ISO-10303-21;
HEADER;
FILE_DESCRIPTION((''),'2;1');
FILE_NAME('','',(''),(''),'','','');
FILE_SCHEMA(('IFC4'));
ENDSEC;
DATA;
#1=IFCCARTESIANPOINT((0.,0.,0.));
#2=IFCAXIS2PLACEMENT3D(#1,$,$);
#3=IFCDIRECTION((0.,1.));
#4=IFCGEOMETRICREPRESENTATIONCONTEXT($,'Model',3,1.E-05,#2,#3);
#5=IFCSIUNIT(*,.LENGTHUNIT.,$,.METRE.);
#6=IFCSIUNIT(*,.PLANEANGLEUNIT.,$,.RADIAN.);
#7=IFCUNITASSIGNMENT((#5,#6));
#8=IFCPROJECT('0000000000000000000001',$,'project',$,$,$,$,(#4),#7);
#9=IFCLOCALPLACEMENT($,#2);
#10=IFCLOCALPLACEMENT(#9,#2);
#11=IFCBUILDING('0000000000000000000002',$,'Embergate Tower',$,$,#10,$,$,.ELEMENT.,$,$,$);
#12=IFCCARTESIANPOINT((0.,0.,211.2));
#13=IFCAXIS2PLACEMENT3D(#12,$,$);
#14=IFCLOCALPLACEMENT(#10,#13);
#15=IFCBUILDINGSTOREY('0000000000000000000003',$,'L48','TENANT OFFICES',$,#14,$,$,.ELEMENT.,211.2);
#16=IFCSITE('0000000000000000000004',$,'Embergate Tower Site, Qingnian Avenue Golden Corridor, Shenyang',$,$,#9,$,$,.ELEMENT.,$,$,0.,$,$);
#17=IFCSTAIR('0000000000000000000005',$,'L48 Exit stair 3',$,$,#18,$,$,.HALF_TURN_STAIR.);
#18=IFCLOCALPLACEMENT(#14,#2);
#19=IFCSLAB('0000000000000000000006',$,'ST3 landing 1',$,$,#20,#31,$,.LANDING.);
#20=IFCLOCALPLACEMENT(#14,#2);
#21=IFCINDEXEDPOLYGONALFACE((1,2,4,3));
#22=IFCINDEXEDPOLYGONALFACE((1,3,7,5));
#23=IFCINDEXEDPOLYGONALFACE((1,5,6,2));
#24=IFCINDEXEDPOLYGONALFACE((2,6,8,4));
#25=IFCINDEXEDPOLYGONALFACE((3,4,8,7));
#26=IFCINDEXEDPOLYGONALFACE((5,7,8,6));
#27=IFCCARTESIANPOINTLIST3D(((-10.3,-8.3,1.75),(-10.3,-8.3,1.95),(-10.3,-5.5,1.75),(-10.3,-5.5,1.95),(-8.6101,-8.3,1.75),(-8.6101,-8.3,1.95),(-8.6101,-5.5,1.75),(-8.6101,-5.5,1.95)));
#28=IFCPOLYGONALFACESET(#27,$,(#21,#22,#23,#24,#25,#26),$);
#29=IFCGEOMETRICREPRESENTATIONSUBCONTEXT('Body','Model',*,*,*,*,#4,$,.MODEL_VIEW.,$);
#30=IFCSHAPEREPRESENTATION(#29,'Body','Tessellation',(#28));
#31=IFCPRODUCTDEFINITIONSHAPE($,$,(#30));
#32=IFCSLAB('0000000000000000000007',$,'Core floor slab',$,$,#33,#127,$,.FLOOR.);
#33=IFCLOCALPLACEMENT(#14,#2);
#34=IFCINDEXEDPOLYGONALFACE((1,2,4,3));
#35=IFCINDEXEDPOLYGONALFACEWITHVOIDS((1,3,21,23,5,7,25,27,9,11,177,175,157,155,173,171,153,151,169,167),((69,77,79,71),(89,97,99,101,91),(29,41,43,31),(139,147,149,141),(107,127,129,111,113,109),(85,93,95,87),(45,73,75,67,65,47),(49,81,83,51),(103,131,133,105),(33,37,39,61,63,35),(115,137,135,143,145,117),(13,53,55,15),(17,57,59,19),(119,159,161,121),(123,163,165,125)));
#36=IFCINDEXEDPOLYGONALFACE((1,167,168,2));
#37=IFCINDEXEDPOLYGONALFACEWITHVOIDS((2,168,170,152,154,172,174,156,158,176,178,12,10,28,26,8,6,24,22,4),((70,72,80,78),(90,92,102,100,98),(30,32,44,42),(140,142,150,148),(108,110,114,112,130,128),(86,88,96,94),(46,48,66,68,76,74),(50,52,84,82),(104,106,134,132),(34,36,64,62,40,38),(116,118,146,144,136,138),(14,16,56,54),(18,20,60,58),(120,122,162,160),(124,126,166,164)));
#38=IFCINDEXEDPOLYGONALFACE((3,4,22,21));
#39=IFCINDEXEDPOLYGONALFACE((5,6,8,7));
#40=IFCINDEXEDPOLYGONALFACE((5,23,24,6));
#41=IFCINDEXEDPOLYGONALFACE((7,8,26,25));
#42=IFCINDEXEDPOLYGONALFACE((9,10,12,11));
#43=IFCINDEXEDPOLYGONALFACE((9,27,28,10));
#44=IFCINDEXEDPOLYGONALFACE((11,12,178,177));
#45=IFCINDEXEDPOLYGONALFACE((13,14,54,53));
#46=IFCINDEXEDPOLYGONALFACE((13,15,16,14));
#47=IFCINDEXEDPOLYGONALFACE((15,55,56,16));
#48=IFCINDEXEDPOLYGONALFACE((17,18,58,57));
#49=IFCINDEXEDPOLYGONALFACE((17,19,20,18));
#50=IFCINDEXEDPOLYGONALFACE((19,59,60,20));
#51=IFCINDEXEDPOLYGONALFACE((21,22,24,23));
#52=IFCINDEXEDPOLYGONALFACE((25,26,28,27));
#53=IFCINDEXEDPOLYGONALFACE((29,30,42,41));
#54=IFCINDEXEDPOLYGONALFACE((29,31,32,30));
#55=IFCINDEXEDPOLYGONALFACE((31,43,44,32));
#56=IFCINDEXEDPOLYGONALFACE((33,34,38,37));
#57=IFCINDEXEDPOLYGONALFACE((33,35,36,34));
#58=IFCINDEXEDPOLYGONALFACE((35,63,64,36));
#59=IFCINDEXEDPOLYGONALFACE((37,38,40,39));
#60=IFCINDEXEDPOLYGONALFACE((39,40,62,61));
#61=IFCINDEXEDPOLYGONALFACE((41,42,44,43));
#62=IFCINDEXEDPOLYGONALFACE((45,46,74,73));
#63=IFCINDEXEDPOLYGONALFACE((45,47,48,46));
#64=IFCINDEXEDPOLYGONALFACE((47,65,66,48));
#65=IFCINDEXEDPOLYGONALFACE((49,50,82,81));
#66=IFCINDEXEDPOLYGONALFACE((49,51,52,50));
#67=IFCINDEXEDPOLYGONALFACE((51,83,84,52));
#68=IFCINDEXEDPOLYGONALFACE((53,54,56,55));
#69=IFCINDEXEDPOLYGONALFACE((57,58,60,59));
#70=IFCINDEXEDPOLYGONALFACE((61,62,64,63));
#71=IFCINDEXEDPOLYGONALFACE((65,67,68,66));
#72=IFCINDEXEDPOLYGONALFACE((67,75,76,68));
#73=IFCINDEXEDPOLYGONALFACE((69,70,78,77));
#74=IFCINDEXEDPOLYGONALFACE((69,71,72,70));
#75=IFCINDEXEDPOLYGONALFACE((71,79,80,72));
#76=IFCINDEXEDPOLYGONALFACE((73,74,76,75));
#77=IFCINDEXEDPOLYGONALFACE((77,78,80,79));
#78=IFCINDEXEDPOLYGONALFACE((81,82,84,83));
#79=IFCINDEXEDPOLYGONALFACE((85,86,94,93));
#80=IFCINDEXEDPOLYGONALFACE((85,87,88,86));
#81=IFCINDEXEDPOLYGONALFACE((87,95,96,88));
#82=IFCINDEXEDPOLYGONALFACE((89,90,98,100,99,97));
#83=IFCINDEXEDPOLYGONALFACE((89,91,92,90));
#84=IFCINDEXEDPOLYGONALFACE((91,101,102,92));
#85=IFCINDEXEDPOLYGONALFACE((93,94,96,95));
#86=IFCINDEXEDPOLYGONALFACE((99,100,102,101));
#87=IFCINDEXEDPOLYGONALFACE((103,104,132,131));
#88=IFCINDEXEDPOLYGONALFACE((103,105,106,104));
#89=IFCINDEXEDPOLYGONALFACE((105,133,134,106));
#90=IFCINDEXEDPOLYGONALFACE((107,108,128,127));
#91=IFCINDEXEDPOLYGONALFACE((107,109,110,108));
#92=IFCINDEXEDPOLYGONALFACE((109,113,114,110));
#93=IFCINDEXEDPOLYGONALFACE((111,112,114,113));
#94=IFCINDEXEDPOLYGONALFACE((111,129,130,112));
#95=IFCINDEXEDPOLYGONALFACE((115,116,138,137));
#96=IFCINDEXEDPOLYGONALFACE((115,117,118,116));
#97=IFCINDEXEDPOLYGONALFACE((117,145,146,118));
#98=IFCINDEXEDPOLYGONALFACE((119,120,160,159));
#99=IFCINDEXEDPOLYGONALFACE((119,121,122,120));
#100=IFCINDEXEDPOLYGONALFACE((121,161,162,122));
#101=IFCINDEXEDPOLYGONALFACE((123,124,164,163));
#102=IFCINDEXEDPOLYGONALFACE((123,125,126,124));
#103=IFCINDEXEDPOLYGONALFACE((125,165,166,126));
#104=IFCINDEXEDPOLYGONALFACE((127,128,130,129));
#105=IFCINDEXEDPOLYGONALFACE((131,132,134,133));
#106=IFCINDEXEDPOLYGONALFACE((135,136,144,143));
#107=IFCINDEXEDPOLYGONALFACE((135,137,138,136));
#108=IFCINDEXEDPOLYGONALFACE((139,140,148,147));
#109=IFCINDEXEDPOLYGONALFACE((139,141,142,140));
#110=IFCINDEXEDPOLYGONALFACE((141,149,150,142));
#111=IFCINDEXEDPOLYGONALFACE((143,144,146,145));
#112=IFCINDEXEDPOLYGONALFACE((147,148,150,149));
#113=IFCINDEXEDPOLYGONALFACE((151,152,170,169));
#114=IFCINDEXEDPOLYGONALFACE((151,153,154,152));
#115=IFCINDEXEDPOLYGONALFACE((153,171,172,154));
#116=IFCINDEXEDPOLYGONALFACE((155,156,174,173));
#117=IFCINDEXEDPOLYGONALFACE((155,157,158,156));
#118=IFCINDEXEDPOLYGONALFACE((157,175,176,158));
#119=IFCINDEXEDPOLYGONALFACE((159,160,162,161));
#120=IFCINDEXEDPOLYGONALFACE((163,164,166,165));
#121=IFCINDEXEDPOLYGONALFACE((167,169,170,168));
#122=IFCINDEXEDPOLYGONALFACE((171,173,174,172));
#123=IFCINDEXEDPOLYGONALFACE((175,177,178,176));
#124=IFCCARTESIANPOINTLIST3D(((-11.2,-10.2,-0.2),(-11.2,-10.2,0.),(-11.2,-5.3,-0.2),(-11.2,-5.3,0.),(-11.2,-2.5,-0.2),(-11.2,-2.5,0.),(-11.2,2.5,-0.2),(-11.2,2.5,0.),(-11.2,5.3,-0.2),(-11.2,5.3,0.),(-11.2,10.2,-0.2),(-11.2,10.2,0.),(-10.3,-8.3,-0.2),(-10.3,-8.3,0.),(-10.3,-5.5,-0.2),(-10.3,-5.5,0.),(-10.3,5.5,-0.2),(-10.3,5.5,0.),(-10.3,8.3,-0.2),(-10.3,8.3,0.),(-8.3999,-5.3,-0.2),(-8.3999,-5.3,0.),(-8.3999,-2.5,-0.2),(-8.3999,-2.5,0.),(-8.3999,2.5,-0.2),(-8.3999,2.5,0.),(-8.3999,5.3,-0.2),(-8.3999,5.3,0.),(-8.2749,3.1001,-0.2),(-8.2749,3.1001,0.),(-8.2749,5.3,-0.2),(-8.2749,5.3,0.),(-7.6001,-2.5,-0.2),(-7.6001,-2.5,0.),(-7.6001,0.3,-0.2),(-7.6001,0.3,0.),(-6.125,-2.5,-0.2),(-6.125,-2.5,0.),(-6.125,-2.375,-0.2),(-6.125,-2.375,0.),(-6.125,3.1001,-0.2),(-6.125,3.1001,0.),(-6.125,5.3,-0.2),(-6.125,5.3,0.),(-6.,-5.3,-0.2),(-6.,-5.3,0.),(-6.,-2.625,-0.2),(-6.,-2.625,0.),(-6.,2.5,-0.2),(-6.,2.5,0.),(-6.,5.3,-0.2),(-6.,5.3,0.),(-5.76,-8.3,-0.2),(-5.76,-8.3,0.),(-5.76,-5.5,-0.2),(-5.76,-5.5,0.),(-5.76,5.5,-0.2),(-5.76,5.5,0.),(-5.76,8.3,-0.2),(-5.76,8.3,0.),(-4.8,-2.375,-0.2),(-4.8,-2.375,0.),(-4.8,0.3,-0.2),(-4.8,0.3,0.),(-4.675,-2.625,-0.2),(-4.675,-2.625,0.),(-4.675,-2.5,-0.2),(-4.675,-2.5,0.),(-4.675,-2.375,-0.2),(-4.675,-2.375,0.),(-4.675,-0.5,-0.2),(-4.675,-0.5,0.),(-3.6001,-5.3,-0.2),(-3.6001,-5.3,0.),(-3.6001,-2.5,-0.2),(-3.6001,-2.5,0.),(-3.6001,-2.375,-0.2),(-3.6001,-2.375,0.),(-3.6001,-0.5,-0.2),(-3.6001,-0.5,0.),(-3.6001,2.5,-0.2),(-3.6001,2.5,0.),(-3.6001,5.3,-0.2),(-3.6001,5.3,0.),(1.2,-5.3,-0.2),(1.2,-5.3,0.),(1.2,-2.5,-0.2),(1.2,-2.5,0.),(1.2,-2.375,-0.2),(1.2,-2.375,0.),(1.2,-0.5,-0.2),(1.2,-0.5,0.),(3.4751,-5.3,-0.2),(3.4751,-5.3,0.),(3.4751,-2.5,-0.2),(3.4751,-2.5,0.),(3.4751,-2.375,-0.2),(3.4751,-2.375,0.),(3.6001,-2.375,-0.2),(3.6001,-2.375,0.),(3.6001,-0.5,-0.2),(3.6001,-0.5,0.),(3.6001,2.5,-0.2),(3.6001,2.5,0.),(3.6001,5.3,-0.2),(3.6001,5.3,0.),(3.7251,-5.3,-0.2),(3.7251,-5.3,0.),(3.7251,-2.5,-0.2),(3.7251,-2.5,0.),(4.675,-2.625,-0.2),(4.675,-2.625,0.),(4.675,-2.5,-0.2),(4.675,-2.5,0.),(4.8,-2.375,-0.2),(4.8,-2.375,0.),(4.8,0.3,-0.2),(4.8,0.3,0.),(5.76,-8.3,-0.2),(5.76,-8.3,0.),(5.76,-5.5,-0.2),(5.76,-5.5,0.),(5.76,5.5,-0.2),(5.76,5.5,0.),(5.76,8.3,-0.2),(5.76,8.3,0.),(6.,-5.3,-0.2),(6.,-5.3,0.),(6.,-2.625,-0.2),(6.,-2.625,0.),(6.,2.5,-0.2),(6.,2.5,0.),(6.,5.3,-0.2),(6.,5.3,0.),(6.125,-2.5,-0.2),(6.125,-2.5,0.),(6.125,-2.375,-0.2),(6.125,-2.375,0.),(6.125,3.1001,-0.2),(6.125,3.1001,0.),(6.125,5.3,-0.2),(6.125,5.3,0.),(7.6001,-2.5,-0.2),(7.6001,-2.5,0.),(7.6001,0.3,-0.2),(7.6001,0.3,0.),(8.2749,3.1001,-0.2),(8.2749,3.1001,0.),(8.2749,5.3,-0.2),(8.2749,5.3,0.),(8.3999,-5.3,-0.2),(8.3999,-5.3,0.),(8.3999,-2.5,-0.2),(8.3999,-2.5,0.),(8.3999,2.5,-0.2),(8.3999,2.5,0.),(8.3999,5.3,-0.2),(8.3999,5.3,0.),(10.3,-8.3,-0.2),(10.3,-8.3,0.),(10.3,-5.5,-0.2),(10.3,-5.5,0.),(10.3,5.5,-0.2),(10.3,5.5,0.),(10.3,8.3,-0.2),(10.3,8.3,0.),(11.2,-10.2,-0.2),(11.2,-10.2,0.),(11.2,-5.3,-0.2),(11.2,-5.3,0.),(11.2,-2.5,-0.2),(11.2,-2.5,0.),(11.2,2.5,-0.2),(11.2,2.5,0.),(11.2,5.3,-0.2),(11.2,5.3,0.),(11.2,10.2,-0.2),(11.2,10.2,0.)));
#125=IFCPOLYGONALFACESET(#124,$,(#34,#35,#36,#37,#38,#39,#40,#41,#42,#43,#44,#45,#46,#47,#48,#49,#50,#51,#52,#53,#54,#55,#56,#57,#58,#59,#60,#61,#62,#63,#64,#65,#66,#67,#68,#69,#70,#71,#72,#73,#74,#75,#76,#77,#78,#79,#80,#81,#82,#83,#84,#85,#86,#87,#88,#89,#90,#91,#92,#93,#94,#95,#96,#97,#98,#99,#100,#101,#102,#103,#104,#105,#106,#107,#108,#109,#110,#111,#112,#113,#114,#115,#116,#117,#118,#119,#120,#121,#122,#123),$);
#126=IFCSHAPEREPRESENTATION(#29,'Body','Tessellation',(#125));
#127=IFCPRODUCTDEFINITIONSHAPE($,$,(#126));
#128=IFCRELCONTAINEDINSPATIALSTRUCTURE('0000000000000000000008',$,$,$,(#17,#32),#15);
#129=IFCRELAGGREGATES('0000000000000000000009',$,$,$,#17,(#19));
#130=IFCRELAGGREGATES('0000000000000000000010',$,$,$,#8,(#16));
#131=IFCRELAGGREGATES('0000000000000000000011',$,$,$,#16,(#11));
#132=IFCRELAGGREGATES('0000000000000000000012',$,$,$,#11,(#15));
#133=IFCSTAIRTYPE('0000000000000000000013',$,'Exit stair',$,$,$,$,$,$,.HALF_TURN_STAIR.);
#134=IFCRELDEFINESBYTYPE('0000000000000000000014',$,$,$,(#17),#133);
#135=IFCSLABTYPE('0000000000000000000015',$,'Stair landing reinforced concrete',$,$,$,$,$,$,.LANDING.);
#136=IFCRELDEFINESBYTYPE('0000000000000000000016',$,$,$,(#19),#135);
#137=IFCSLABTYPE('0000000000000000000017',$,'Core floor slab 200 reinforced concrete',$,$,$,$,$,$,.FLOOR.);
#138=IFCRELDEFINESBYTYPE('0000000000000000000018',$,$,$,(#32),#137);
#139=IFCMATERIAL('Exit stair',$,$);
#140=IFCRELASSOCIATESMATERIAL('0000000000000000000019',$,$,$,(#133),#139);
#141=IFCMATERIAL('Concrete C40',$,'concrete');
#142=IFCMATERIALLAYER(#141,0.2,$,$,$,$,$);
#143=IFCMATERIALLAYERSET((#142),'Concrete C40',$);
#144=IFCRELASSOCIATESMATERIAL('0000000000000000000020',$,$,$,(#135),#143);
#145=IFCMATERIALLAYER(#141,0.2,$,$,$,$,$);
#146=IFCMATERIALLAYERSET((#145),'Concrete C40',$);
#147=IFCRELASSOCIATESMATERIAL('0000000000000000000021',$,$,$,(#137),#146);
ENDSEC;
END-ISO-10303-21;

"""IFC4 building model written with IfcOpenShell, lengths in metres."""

from ifc_helpers import new_model, si_unit, direction, frame, origin, place, context, subcontext, project, spatial, polyline, outline, extrude, source, transform, mapped, material, layer, layer_set, type_object, element, aggregate, save


model = new_model("IFC4")

# Units and contexts
model_context = context("Model", 3, precision=1e-05, world=origin(), true_north=direction((0.0, 1.0)))
body_context = subcontext(model_context, "Body", "Model", "MODEL_VIEW")
ifc_project = project(units=[si_unit("LENGTHUNIT", "METRE"), si_unit("PLANEANGLEUNIT", "RADIAN")], contexts=[model_context])

# Site, building, storey
site_placement = place(None, origin())
site = spatial("IfcSite", under=ifc_project, at=site_placement, Name="Embergate Tower Site, Qingnian Avenue Golden Corridor, Shenyang", CompositionType="ELEMENT", RefElevation=0.0)
building_placement = place(site_placement, origin())
building = spatial("IfcBuilding", under=site, at=building_placement, Name="Embergate Tower", CompositionType="ELEMENT")
storey_placement = place(building_placement, frame((0.0, 0.0, 211.2)))
storey = spatial("IfcBuildingStorey", under=building, at=storey_placement, Name="L48", Description="TENANT OFFICES", CompositionType="ELEMENT", Elevation=211.2)

# Stair, slab
ifc_material_1 = material(Name="Exit stair")
stair_type = type_object("IfcStairType", Name="Exit stair", PredefinedType="HALF_TURN_STAIR", material=ifc_material_1)
stair_placement = place(storey_placement, origin())
stair = element("IfcStair", 1, at=stair_placement, inside=storey, type_object=stair_type, Name="L48 Exit stair 3", PredefinedType="HALF_TURN_STAIR")
ifc_material_2 = material(Name="Concrete C40", Category="concrete")
ifc_layer_1 = layer(ifc_material_2, 0.2)
ifc_layer_set_1 = layer_set([ifc_layer_1], Name="Concrete C40")
slab_type_1 = type_object("IfcSlabType", Name="Stair landing reinforced concrete", PredefinedType="LANDING", material=ifc_layer_set_1)
shared_shape_1 = source(origin(), body_context, "Body", "SweptSolid", [
    extrude(outline(polyline([(0.0, 0.0), (1.6899, 0.0), (1.6899, 2.8), (0.0, 2.8), (0.0, 0.0)])), origin(), (0.0, 0.0, 1.0), 0.2),
])
slab_1_placement = place(storey_placement, frame((-10.3, -8.3, 1.75)))
slab_1 = element("IfcSlab", 2, at=slab_1_placement, type_object=slab_type_1, Name="ST3 landing 1", PredefinedType="LANDING", context=body_context, shape_type="MappedRepresentation", body=[
    mapped(shared_shape_1, transform((0.0, 0.0, 0.0))),
])

# Slab
ifc_layer_2 = layer(ifc_material_2, 0.2)
ifc_layer_set_2 = layer_set([ifc_layer_2], Name="Concrete C40")
slab_type_2 = type_object("IfcSlabType", Name="Core floor slab 200 reinforced concrete", PredefinedType="FLOOR", material=ifc_layer_set_2)
shared_shape_2 = source(origin(), body_context, "Body", "SweptSolid", [
    extrude(outline(polyline([(0.0, 0.0), (22.3999, 0.0), (22.3999, 4.8999), (19.5999, 4.8999), (19.5999, 7.7), (22.3999, 7.7), (22.3999, 12.7), (19.5999, 12.7), (19.5999, 15.5), (22.3999, 15.5), (22.3999, 20.3999), (0.0, 20.3999), (0.0, 15.5), (2.8, 15.5), (2.8, 12.7), (0.0, 12.7), (0.0, 7.7), (2.8, 7.7), (2.8, 4.8999), (0.0, 4.8999), (0.0, 0.0)]), holes=[polyline([(0.8999, 1.8999), (0.8999, 4.7), (5.4399, 4.7), (5.4399, 1.8999), (0.8999, 1.8999)]), polyline([(16.96, 1.8999), (16.96, 4.7), (21.5, 4.7), (21.5, 1.8999), (16.96, 1.8999)]), polyline([(5.2, 4.8999), (5.2, 7.575), (6.5249, 7.575), (6.5249, 7.7), (7.5999, 7.7), (7.5999, 4.8999), (5.2, 4.8999)]), polyline([(12.3999, 4.8999), (12.3999, 7.7), (14.675, 7.7), (14.675, 4.8999), (12.3999, 4.8999)]), polyline([(14.925, 4.8999), (14.925, 7.7), (15.875, 7.7), (15.875, 7.575), (17.2, 7.575), (17.2, 4.8999), (14.925, 4.8999)]), polyline([(3.5999, 7.7), (3.5999, 10.5), (6.3999, 10.5), (6.3999, 7.825), (5.075, 7.825), (5.075, 7.7), (3.5999, 7.7)]), polyline([(17.325, 7.7), (17.325, 7.825), (16.0, 7.825), (16.0, 10.5), (18.8, 10.5), (18.8, 7.7), (17.325, 7.7)]), polyline([(6.5249, 7.825), (6.5249, 9.7), (7.5999, 9.7), (7.5999, 7.825), (6.5249, 7.825)]), polyline([(12.3999, 7.825), (12.3999, 9.7), (14.8, 9.7), (14.8, 7.825), (14.675, 7.825), (12.3999, 7.825)]), polyline([(5.2, 12.7), (5.2, 15.5), (7.5999, 15.5), (7.5999, 12.7), (5.2, 12.7)]), polyline([(14.8, 12.7), (14.8, 15.5), (17.2, 15.5), (17.2, 12.7), (14.8, 12.7)]), polyline([(2.925, 13.3), (2.925, 15.5), (5.075, 15.5), (5.075, 13.3), (2.925, 13.3)]), polyline([(17.325, 13.3), (17.325, 15.5), (19.4749, 15.5), (19.4749, 13.3), (17.325, 13.3)]), polyline([(0.8999, 15.7), (0.8999, 18.5), (5.4399, 18.5), (5.4399, 15.7), (0.8999, 15.7)]), polyline([(16.96, 15.7), (16.96, 18.5), (21.5, 18.5), (21.5, 15.7), (16.96, 15.7)])]), origin(), (0.0, 0.0, 1.0), 0.2),
])
slab_2_placement = place(storey_placement, frame((-11.2, -10.2, -0.2)))
element("IfcSlab", 3, at=slab_2_placement, inside=storey, type_object=slab_type_2, Name="Core floor slab", PredefinedType="FLOOR", context=body_context, shape_type="MappedRepresentation", body=[
    mapped(shared_shape_2, transform((0.0, 0.0, 0.0))),
])

aggregate(stair, [slab_1])

save(model, "model.ifc")
